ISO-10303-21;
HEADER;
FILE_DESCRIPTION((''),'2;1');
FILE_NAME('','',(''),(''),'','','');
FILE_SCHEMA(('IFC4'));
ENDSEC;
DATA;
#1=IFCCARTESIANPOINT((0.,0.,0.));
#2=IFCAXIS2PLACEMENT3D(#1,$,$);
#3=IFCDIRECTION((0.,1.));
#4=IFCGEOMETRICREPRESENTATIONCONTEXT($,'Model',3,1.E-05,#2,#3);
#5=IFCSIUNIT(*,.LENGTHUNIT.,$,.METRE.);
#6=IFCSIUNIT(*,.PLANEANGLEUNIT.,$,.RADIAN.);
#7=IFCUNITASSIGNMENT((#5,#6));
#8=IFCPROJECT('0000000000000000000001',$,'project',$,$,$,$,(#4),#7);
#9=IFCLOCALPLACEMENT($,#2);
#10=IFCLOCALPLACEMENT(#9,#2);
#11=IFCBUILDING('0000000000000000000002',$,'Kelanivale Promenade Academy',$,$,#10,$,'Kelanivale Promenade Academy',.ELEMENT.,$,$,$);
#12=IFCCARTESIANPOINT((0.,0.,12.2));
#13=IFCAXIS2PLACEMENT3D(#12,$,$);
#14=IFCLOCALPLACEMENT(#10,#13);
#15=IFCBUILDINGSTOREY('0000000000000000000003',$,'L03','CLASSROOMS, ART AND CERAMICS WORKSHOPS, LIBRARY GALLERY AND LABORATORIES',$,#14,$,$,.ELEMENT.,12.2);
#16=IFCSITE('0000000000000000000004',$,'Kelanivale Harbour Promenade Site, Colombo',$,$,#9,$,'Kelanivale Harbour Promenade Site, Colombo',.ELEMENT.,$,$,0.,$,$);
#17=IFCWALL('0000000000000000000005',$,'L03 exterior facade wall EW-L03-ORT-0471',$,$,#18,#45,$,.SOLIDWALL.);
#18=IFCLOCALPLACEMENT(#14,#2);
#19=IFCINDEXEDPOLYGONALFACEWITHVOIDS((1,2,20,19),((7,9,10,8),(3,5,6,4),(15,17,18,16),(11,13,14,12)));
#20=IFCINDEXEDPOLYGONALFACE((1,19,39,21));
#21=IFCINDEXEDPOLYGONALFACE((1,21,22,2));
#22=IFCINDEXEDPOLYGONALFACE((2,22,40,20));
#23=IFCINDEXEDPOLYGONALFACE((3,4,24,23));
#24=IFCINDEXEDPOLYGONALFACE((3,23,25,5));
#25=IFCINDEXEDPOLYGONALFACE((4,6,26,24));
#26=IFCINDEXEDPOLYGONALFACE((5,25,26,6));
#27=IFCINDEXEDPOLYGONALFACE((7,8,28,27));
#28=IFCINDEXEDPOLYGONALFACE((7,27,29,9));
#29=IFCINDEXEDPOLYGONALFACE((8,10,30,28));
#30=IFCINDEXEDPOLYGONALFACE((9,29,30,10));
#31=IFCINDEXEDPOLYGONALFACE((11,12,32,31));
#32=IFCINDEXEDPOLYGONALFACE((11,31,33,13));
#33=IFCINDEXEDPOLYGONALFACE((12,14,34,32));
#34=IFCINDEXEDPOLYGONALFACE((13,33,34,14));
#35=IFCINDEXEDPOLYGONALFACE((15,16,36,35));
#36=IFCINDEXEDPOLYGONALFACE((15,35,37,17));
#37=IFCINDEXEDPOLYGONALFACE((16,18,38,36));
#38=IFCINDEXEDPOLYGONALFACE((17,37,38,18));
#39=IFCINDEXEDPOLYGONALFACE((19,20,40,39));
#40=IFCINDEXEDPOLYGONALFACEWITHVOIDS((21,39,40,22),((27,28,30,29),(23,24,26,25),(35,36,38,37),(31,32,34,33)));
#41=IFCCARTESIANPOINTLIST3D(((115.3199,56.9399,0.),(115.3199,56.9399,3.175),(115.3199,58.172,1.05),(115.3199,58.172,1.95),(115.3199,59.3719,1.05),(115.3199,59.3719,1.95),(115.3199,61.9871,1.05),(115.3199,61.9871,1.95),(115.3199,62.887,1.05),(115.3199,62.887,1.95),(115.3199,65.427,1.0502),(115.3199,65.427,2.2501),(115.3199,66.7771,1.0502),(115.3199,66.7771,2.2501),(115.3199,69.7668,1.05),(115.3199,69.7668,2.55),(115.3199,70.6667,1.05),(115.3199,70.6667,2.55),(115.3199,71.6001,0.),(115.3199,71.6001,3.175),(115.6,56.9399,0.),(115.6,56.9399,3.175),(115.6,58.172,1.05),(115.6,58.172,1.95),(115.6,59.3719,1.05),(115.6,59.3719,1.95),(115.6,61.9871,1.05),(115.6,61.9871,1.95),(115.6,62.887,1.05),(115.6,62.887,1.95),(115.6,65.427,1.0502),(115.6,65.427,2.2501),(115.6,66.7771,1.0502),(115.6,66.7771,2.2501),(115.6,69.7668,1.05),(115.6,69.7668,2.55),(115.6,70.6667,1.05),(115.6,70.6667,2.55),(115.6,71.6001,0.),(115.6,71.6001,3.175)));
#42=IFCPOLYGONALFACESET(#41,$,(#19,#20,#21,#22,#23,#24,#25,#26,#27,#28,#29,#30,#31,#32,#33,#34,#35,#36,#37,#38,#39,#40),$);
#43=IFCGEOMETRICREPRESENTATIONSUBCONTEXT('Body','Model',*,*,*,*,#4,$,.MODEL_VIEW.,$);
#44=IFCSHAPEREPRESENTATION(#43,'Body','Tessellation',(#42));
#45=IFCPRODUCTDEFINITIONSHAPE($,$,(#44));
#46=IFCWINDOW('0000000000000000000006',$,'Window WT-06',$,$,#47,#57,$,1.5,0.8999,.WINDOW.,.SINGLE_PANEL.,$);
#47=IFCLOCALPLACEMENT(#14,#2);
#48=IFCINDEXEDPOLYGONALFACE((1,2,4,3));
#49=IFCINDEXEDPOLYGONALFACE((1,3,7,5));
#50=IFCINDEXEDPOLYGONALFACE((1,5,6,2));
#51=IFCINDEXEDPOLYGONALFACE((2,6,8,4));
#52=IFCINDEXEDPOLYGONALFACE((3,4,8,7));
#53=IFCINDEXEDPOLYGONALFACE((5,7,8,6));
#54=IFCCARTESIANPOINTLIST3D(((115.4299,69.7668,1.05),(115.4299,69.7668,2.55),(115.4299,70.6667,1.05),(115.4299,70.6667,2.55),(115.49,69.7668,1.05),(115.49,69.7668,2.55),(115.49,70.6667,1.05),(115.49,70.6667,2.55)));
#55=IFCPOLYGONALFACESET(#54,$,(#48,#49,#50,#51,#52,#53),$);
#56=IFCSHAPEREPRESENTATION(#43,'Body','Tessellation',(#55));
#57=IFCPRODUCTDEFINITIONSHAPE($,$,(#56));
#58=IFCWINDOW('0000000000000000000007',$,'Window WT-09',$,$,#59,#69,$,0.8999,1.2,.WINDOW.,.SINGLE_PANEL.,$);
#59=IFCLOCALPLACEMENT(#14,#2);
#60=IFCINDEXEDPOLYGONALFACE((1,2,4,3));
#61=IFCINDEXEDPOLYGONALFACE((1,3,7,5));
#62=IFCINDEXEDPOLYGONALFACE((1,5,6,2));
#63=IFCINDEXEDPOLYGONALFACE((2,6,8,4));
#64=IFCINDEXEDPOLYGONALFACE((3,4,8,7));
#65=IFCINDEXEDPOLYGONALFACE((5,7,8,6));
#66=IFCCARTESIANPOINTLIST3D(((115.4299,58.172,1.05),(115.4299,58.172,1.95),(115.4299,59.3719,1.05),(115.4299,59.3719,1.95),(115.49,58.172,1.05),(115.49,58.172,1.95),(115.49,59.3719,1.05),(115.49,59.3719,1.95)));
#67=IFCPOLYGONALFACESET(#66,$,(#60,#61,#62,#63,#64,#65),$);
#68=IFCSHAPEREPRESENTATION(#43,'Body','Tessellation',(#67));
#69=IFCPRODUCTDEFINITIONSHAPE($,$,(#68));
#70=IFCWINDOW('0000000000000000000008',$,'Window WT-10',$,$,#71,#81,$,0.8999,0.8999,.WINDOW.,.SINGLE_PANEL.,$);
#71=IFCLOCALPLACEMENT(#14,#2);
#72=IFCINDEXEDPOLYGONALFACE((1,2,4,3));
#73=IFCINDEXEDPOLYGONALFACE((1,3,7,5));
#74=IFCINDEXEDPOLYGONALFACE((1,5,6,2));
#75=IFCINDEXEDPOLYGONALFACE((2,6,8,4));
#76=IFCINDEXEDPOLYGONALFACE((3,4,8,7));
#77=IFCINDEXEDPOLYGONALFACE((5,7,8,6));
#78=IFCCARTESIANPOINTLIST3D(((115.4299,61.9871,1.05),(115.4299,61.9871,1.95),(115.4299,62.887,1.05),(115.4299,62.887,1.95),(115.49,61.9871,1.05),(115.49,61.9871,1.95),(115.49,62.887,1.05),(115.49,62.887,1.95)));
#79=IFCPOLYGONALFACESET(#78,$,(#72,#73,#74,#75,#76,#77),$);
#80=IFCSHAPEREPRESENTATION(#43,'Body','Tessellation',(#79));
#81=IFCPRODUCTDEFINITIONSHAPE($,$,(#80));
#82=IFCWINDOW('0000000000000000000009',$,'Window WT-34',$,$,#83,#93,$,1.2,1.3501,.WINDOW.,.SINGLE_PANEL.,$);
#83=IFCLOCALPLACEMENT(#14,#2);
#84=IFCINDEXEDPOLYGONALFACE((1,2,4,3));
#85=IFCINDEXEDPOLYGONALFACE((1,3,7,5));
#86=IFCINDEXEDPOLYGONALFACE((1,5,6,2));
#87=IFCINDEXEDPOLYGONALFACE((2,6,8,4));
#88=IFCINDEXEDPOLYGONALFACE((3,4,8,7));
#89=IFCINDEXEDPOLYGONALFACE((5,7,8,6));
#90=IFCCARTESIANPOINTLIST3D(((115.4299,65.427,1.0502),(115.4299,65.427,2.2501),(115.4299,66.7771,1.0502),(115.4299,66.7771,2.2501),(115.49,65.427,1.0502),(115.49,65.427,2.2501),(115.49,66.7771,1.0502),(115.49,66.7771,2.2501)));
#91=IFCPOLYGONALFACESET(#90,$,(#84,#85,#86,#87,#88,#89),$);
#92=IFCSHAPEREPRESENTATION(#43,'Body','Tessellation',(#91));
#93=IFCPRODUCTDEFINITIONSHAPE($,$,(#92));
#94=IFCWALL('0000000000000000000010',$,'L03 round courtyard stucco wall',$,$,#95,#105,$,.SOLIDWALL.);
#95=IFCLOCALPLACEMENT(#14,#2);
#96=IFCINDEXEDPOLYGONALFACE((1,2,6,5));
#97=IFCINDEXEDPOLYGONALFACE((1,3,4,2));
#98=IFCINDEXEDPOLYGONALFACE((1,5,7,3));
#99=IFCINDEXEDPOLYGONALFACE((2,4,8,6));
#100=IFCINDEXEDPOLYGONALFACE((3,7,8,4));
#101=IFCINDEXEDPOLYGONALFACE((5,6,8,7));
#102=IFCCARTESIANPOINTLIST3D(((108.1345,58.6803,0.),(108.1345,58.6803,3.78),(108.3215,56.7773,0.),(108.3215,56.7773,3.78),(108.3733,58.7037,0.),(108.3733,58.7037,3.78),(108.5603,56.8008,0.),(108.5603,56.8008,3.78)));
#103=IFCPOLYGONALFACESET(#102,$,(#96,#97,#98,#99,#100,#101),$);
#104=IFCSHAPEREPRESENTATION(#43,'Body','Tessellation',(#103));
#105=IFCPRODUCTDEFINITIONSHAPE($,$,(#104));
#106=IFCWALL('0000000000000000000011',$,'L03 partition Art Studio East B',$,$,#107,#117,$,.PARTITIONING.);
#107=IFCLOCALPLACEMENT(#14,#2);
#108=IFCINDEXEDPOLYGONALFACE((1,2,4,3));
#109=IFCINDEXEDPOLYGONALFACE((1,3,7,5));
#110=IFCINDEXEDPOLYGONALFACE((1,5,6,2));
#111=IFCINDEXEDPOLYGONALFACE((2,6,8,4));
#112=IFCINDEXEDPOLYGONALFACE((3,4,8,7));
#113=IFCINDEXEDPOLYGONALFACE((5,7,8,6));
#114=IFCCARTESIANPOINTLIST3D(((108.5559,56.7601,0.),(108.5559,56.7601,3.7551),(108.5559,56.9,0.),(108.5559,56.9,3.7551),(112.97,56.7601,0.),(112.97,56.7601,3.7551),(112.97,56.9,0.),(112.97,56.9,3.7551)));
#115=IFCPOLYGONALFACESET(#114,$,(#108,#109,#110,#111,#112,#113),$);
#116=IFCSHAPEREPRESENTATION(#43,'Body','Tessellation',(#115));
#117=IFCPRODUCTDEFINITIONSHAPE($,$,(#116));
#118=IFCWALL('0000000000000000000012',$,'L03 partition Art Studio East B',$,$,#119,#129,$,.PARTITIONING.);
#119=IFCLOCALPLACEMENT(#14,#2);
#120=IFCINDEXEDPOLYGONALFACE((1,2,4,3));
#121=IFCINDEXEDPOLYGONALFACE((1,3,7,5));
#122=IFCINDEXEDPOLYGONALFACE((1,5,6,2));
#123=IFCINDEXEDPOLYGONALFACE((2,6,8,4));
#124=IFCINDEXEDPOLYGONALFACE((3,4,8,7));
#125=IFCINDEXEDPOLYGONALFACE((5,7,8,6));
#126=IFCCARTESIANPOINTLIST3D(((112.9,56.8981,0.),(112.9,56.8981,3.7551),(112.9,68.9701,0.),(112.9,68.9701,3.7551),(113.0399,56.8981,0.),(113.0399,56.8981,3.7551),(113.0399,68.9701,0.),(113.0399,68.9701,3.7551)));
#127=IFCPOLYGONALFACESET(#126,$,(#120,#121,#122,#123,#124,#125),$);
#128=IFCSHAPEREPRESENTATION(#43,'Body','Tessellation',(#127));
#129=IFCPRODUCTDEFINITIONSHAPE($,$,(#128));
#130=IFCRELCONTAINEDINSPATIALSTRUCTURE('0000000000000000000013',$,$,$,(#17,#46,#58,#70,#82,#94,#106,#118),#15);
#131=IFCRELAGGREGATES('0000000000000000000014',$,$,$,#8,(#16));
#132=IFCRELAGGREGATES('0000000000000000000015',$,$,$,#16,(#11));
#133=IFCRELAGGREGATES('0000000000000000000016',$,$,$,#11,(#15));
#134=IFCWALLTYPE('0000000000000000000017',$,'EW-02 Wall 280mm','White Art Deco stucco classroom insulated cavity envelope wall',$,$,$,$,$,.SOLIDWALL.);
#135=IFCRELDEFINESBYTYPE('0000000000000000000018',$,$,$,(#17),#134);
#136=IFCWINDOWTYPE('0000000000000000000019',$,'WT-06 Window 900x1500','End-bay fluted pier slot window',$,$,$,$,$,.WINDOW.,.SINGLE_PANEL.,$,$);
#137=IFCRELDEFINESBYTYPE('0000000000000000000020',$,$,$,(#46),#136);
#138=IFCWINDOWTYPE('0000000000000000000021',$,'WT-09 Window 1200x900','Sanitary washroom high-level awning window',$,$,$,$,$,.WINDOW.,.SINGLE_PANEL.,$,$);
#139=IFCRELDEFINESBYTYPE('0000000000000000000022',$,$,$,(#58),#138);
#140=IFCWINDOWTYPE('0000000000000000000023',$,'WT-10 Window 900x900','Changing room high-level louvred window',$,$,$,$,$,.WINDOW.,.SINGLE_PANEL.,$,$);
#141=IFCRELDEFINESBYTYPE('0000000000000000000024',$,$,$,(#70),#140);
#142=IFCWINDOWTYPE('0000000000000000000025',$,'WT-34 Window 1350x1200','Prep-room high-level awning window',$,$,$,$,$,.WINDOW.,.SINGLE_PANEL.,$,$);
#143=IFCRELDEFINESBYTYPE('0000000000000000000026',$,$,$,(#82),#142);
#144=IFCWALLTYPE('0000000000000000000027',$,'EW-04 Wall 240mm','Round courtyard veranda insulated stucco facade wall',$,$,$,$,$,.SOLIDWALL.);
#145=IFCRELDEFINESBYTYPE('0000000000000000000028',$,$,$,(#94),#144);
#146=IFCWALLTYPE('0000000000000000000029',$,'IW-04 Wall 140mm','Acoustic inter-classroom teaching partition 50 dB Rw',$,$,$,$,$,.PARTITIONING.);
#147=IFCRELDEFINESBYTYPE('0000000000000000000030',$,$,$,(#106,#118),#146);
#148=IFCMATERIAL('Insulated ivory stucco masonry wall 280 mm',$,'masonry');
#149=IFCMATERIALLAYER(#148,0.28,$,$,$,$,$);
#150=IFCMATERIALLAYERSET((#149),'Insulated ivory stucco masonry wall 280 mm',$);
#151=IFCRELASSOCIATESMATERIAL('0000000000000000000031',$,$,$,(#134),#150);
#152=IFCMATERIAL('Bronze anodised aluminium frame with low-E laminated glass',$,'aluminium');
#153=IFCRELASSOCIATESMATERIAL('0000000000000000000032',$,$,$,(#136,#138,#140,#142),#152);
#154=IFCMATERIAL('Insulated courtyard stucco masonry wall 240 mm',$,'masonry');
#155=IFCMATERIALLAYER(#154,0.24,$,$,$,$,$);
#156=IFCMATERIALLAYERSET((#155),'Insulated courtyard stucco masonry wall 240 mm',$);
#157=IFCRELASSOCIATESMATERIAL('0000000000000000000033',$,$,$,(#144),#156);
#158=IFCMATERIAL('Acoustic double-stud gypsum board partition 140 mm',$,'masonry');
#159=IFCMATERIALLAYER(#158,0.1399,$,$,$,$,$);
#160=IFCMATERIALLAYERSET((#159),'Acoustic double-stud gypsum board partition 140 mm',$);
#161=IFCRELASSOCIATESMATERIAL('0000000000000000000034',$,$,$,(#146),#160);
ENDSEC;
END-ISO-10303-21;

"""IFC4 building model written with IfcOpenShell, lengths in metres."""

from ifc_helpers import new_model, si_unit, direction, frame, frame_2d, origin, place, context, subcontext, project, spatial, rectangle, extrude, material, layer, layer_set, type_object, element, fill, save


model = new_model("IFC4")

# Units and contexts
model_context = context("Model", 3, precision=1e-05, world=origin(), true_north=direction((0.0, 1.0)))
body_context = subcontext(model_context, "Body", "Model", "MODEL_VIEW")
ifc_project = project(units=[si_unit("LENGTHUNIT", "METRE"), si_unit("PLANEANGLEUNIT", "RADIAN")], contexts=[model_context])

# Site, building, storey
site_placement = place(None, origin())
site = spatial("IfcSite", under=ifc_project, at=site_placement, Name="Kelanivale Harbour Promenade Site, Colombo", LongName="Kelanivale Harbour Promenade Site, Colombo", CompositionType="ELEMENT", RefElevation=0.0)
building_placement = place(site_placement, origin())
building = spatial("IfcBuilding", under=site, at=building_placement, Name="Kelanivale Promenade Academy", LongName="Kelanivale Promenade Academy", CompositionType="ELEMENT")
storey_placement = place(building_placement, frame((0.0, 0.0, 12.2)))
storey = spatial("IfcBuildingStorey", under=building, at=storey_placement, Name="L03", Description="CLASSROOMS, ART AND CERAMICS WORKSHOPS, LIBRARY GALLERY AND LABORATORIES", CompositionType="ELEMENT", Elevation=12.2)

# Wall, openings, windows
ifc_material_1 = material(Name="Insulated ivory stucco masonry wall 280 mm", Category="masonry")
ifc_layer_1 = layer(ifc_material_1, 0.28)
ifc_layer_set_1 = layer_set([ifc_layer_1], Name="Insulated ivory stucco masonry wall 280 mm")
wall_type_1 = type_object("IfcWallType", Name="EW-02 Wall 280mm", Description="White Art Deco stucco classroom insulated cavity envelope wall", PredefinedType="SOLIDWALL", material=ifc_layer_set_1)
wall_1_placement = place(storey_placement, frame((115.46, 56.9399, 0.0), z_axis=(0.0, 0.0, 1.0), x_axis=(0.0, 1.0, 0.0)))
wall_1 = element("IfcWall", 1, at=wall_1_placement, inside=storey, type_object=wall_type_1, Name="L03 exterior facade wall EW-L03-ORT-0471", PredefinedType="SOLIDWALL", context=body_context, shape_type="SweptSolid", body=[
    extrude(rectangle(XDim=14.6602, YDim=0.28, at=frame_2d((7.3301, 0.0))), origin(), (0.0, 0.0, 1.0), 3.175),
])
opening_1_placement = place(wall_1_placement, frame((1.2319, 0.0, 1.05)))
opening_1 = element("IfcOpeningElement", 2, at=opening_1_placement, cuts=wall_1, PredefinedType="OPENING", context=body_context, shape_type="SweptSolid", body=[
    extrude(rectangle(XDim=1.2, YDim=0.8999, at=frame_2d((0.6001, 0.45))), frame((0.0, 0.1499, 0.0), z_axis=(0.0, -1.0, 0.0), x_axis=(1.0, 0.0, 0.0)), (0.0, 0.0, 1.0), 0.3),
])
opening_2_placement = place(wall_1_placement, frame((5.0471, 0.0, 1.05)))
opening_2 = element("IfcOpeningElement", 3, at=opening_2_placement, cuts=wall_1, PredefinedType="OPENING", context=body_context, shape_type="SweptSolid", body=[
    extrude(rectangle(XDim=0.8999, YDim=0.8999, at=frame_2d((0.45, 0.45))), frame((0.0, 0.1499, 0.0), z_axis=(0.0, -1.0, 0.0), x_axis=(1.0, 0.0, 0.0)), (0.0, 0.0, 1.0), 0.3),
])
opening_3_placement = place(wall_1_placement, frame((8.4871, 0.0, 1.05)))
opening_3 = element("IfcOpeningElement", 4, at=opening_3_placement, cuts=wall_1, PredefinedType="OPENING", context=body_context, shape_type="SweptSolid", body=[
    extrude(rectangle(XDim=1.3501, YDim=1.2, at=frame_2d((0.675, 0.6001))), frame((0.0, 0.1499, 0.0), z_axis=(0.0, -1.0, 0.0), x_axis=(1.0, 0.0, 0.0)), (0.0, 0.0, 1.0), 0.3),
])
opening_4_placement = place(wall_1_placement, frame((12.8269, 0.0, 1.05)))
opening_4 = element("IfcOpeningElement", 5, at=opening_4_placement, cuts=wall_1, PredefinedType="OPENING", context=body_context, shape_type="SweptSolid", body=[
    extrude(rectangle(XDim=0.8999, YDim=1.5, at=frame_2d((0.45, 0.75))), frame((0.0, 0.1499, 0.0), z_axis=(0.0, -1.0, 0.0), x_axis=(1.0, 0.0, 0.0)), (0.0, 0.0, 1.0), 0.3),
])
ifc_material_2 = material(Name="Bronze anodised aluminium frame with low-E laminated glass", Category="aluminium")
window_type_1 = type_object("IfcWindowType", Name="WT-06 Window 900x1500", Description="End-bay fluted pier slot window", PartitioningType="SINGLE_PANEL", PredefinedType="WINDOW", material=ifc_material_2)
window_1_placement = place(opening_4_placement, origin())
window_1 = element("IfcWindow", 6, at=window_1_placement, inside=storey, type_object=window_type_1, Name="Window WT-06", OverallHeight=1.5, OverallWidth=0.8999, PartitioningType="SINGLE_PANEL", PredefinedType="WINDOW", context=body_context, shape_type="SweptSolid", body=[
    extrude(rectangle(XDim=0.8999, YDim=1.5, at=frame_2d((0.45, 0.75))), frame((0.0, 0.03, 0.0), z_axis=(0.0, -1.0, 0.0), x_axis=(1.0, 0.0, 0.0)), (0.0, 0.0, 1.0), 0.0601),
])
fill(opening_4, window_1)
window_type_2 = type_object("IfcWindowType", Name="WT-09 Window 1200x900", Description="Sanitary washroom high-level awning window", PartitioningType="SINGLE_PANEL", PredefinedType="WINDOW", material=ifc_material_2)
window_2_placement = place(opening_1_placement, origin())
window_2 = element("IfcWindow", 7, at=window_2_placement, inside=storey, type_object=window_type_2, Name="Window WT-09", OverallHeight=0.8999, OverallWidth=1.2, PartitioningType="SINGLE_PANEL", PredefinedType="WINDOW", context=body_context, shape_type="SweptSolid", body=[
    extrude(rectangle(XDim=1.2, YDim=0.8999, at=frame_2d((0.6001, 0.45))), frame((0.0, 0.03, 0.0), z_axis=(0.0, -1.0, 0.0), x_axis=(1.0, 0.0, 0.0)), (0.0, 0.0, 1.0), 0.0601),
])
fill(opening_1, window_2)
window_type_3 = type_object("IfcWindowType", Name="WT-10 Window 900x900", Description="Changing room high-level louvred window", PartitioningType="SINGLE_PANEL", PredefinedType="WINDOW", material=ifc_material_2)
window_3_placement = place(opening_2_placement, origin())
window_3 = element("IfcWindow", 8, at=window_3_placement, inside=storey, type_object=window_type_3, Name="Window WT-10", OverallHeight=0.8999, OverallWidth=0.8999, PartitioningType="SINGLE_PANEL", PredefinedType="WINDOW", context=body_context, shape_type="SweptSolid", body=[
    extrude(rectangle(XDim=0.8999, YDim=0.8999, at=frame_2d((0.45, 0.45))), frame((0.0, 0.03, 0.0), z_axis=(0.0, -1.0, 0.0), x_axis=(1.0, 0.0, 0.0)), (0.0, 0.0, 1.0), 0.0601),
])
fill(opening_2, window_3)
window_type_4 = type_object("IfcWindowType", Name="WT-34 Window 1350x1200", Description="Prep-room high-level awning window", PartitioningType="SINGLE_PANEL", PredefinedType="WINDOW", material=ifc_material_2)
window_4_placement = place(opening_3_placement, origin())
window_4 = element("IfcWindow", 9, at=window_4_placement, inside=storey, type_object=window_type_4, Name="Window WT-34", OverallHeight=1.2, OverallWidth=1.3501, PartitioningType="SINGLE_PANEL", PredefinedType="WINDOW", context=body_context, shape_type="SweptSolid", body=[
    extrude(rectangle(XDim=1.3501, YDim=1.2, at=frame_2d((0.675, 0.6001))), frame((0.0, 0.03, 0.0), z_axis=(0.0, -1.0, 0.0), x_axis=(1.0, 0.0, 0.0)), (0.0, 0.0, 1.0), 0.0601),
])
fill(opening_3, window_4)

# Walls
ifc_material_3 = material(Name="Insulated courtyard stucco masonry wall 240 mm", Category="masonry")
ifc_layer_2 = layer(ifc_material_3, 0.24)
ifc_layer_set_2 = layer_set([ifc_layer_2], Name="Insulated courtyard stucco masonry wall 240 mm")
wall_type_2 = type_object("IfcWallType", Name="EW-04 Wall 240mm", Description="Round courtyard veranda insulated stucco facade wall", PredefinedType="SOLIDWALL", material=ifc_layer_set_2)
wall_2_placement = place(storey_placement, frame((108.4409, 56.7891, 0.0), z_axis=(0.0, 0.0, 1.0), x_axis=(-0.097809, 0.995205, 0.0)))
element("IfcWall", 10, at=wall_2_placement, inside=storey, type_object=wall_type_2, Name="L03 round courtyard stucco wall", PredefinedType="SOLIDWALL", context=body_context, shape_type="SweptSolid", body=[
    extrude(rectangle(XDim=1.9121, YDim=0.24, at=frame_2d((0.9561, 0.0))), origin(), (0.0, 0.0, 1.0), 3.78),
])
ifc_material_4 = material(Name="Acoustic double-stud gypsum board partition 140 mm", Category="masonry")
ifc_layer_3 = layer(ifc_material_4, 0.1399)
ifc_layer_set_3 = layer_set([ifc_layer_3], Name="Acoustic double-stud gypsum board partition 140 mm")
wall_type_3 = type_object("IfcWallType", Name="IW-04 Wall 140mm", Description="Acoustic inter-classroom teaching partition 50 dB Rw", PredefinedType="PARTITIONING", material=ifc_layer_set_3)
wall_3_placement = place(storey_placement, frame((108.5559, 56.8301, 0.0), z_axis=(0.0, 0.0, 1.0), x_axis=(1.0, 0.0, 0.0)))
element("IfcWall", 11, at=wall_3_placement, inside=storey, type_object=wall_type_3, Name="L03 partition Art Studio East B", PredefinedType="PARTITIONING", context=body_context, shape_type="SweptSolid", body=[
    extrude(rectangle(XDim=4.4141, YDim=0.1399, at=frame_2d((2.207, 0.0))), origin(), (0.0, 0.0, 1.0), 3.7551),
])
wall_4_placement = place(storey_placement, frame((112.97, 56.8979, 0.0), z_axis=(0.0, 0.0, 1.0), x_axis=(0.0, 1.0, 0.0)))
element("IfcWall", 12, at=wall_4_placement, inside=storey, type_object=wall_type_3, Name="L03 partition Art Studio East B", PredefinedType="PARTITIONING", context=body_context, shape_type="SweptSolid", body=[
    extrude(rectangle(XDim=12.072, YDim=0.1399, at=frame_2d((6.0361, 0.0))), origin(), (0.0, 0.0, 1.0), 3.7551),
])

save(model, "model.ifc")
